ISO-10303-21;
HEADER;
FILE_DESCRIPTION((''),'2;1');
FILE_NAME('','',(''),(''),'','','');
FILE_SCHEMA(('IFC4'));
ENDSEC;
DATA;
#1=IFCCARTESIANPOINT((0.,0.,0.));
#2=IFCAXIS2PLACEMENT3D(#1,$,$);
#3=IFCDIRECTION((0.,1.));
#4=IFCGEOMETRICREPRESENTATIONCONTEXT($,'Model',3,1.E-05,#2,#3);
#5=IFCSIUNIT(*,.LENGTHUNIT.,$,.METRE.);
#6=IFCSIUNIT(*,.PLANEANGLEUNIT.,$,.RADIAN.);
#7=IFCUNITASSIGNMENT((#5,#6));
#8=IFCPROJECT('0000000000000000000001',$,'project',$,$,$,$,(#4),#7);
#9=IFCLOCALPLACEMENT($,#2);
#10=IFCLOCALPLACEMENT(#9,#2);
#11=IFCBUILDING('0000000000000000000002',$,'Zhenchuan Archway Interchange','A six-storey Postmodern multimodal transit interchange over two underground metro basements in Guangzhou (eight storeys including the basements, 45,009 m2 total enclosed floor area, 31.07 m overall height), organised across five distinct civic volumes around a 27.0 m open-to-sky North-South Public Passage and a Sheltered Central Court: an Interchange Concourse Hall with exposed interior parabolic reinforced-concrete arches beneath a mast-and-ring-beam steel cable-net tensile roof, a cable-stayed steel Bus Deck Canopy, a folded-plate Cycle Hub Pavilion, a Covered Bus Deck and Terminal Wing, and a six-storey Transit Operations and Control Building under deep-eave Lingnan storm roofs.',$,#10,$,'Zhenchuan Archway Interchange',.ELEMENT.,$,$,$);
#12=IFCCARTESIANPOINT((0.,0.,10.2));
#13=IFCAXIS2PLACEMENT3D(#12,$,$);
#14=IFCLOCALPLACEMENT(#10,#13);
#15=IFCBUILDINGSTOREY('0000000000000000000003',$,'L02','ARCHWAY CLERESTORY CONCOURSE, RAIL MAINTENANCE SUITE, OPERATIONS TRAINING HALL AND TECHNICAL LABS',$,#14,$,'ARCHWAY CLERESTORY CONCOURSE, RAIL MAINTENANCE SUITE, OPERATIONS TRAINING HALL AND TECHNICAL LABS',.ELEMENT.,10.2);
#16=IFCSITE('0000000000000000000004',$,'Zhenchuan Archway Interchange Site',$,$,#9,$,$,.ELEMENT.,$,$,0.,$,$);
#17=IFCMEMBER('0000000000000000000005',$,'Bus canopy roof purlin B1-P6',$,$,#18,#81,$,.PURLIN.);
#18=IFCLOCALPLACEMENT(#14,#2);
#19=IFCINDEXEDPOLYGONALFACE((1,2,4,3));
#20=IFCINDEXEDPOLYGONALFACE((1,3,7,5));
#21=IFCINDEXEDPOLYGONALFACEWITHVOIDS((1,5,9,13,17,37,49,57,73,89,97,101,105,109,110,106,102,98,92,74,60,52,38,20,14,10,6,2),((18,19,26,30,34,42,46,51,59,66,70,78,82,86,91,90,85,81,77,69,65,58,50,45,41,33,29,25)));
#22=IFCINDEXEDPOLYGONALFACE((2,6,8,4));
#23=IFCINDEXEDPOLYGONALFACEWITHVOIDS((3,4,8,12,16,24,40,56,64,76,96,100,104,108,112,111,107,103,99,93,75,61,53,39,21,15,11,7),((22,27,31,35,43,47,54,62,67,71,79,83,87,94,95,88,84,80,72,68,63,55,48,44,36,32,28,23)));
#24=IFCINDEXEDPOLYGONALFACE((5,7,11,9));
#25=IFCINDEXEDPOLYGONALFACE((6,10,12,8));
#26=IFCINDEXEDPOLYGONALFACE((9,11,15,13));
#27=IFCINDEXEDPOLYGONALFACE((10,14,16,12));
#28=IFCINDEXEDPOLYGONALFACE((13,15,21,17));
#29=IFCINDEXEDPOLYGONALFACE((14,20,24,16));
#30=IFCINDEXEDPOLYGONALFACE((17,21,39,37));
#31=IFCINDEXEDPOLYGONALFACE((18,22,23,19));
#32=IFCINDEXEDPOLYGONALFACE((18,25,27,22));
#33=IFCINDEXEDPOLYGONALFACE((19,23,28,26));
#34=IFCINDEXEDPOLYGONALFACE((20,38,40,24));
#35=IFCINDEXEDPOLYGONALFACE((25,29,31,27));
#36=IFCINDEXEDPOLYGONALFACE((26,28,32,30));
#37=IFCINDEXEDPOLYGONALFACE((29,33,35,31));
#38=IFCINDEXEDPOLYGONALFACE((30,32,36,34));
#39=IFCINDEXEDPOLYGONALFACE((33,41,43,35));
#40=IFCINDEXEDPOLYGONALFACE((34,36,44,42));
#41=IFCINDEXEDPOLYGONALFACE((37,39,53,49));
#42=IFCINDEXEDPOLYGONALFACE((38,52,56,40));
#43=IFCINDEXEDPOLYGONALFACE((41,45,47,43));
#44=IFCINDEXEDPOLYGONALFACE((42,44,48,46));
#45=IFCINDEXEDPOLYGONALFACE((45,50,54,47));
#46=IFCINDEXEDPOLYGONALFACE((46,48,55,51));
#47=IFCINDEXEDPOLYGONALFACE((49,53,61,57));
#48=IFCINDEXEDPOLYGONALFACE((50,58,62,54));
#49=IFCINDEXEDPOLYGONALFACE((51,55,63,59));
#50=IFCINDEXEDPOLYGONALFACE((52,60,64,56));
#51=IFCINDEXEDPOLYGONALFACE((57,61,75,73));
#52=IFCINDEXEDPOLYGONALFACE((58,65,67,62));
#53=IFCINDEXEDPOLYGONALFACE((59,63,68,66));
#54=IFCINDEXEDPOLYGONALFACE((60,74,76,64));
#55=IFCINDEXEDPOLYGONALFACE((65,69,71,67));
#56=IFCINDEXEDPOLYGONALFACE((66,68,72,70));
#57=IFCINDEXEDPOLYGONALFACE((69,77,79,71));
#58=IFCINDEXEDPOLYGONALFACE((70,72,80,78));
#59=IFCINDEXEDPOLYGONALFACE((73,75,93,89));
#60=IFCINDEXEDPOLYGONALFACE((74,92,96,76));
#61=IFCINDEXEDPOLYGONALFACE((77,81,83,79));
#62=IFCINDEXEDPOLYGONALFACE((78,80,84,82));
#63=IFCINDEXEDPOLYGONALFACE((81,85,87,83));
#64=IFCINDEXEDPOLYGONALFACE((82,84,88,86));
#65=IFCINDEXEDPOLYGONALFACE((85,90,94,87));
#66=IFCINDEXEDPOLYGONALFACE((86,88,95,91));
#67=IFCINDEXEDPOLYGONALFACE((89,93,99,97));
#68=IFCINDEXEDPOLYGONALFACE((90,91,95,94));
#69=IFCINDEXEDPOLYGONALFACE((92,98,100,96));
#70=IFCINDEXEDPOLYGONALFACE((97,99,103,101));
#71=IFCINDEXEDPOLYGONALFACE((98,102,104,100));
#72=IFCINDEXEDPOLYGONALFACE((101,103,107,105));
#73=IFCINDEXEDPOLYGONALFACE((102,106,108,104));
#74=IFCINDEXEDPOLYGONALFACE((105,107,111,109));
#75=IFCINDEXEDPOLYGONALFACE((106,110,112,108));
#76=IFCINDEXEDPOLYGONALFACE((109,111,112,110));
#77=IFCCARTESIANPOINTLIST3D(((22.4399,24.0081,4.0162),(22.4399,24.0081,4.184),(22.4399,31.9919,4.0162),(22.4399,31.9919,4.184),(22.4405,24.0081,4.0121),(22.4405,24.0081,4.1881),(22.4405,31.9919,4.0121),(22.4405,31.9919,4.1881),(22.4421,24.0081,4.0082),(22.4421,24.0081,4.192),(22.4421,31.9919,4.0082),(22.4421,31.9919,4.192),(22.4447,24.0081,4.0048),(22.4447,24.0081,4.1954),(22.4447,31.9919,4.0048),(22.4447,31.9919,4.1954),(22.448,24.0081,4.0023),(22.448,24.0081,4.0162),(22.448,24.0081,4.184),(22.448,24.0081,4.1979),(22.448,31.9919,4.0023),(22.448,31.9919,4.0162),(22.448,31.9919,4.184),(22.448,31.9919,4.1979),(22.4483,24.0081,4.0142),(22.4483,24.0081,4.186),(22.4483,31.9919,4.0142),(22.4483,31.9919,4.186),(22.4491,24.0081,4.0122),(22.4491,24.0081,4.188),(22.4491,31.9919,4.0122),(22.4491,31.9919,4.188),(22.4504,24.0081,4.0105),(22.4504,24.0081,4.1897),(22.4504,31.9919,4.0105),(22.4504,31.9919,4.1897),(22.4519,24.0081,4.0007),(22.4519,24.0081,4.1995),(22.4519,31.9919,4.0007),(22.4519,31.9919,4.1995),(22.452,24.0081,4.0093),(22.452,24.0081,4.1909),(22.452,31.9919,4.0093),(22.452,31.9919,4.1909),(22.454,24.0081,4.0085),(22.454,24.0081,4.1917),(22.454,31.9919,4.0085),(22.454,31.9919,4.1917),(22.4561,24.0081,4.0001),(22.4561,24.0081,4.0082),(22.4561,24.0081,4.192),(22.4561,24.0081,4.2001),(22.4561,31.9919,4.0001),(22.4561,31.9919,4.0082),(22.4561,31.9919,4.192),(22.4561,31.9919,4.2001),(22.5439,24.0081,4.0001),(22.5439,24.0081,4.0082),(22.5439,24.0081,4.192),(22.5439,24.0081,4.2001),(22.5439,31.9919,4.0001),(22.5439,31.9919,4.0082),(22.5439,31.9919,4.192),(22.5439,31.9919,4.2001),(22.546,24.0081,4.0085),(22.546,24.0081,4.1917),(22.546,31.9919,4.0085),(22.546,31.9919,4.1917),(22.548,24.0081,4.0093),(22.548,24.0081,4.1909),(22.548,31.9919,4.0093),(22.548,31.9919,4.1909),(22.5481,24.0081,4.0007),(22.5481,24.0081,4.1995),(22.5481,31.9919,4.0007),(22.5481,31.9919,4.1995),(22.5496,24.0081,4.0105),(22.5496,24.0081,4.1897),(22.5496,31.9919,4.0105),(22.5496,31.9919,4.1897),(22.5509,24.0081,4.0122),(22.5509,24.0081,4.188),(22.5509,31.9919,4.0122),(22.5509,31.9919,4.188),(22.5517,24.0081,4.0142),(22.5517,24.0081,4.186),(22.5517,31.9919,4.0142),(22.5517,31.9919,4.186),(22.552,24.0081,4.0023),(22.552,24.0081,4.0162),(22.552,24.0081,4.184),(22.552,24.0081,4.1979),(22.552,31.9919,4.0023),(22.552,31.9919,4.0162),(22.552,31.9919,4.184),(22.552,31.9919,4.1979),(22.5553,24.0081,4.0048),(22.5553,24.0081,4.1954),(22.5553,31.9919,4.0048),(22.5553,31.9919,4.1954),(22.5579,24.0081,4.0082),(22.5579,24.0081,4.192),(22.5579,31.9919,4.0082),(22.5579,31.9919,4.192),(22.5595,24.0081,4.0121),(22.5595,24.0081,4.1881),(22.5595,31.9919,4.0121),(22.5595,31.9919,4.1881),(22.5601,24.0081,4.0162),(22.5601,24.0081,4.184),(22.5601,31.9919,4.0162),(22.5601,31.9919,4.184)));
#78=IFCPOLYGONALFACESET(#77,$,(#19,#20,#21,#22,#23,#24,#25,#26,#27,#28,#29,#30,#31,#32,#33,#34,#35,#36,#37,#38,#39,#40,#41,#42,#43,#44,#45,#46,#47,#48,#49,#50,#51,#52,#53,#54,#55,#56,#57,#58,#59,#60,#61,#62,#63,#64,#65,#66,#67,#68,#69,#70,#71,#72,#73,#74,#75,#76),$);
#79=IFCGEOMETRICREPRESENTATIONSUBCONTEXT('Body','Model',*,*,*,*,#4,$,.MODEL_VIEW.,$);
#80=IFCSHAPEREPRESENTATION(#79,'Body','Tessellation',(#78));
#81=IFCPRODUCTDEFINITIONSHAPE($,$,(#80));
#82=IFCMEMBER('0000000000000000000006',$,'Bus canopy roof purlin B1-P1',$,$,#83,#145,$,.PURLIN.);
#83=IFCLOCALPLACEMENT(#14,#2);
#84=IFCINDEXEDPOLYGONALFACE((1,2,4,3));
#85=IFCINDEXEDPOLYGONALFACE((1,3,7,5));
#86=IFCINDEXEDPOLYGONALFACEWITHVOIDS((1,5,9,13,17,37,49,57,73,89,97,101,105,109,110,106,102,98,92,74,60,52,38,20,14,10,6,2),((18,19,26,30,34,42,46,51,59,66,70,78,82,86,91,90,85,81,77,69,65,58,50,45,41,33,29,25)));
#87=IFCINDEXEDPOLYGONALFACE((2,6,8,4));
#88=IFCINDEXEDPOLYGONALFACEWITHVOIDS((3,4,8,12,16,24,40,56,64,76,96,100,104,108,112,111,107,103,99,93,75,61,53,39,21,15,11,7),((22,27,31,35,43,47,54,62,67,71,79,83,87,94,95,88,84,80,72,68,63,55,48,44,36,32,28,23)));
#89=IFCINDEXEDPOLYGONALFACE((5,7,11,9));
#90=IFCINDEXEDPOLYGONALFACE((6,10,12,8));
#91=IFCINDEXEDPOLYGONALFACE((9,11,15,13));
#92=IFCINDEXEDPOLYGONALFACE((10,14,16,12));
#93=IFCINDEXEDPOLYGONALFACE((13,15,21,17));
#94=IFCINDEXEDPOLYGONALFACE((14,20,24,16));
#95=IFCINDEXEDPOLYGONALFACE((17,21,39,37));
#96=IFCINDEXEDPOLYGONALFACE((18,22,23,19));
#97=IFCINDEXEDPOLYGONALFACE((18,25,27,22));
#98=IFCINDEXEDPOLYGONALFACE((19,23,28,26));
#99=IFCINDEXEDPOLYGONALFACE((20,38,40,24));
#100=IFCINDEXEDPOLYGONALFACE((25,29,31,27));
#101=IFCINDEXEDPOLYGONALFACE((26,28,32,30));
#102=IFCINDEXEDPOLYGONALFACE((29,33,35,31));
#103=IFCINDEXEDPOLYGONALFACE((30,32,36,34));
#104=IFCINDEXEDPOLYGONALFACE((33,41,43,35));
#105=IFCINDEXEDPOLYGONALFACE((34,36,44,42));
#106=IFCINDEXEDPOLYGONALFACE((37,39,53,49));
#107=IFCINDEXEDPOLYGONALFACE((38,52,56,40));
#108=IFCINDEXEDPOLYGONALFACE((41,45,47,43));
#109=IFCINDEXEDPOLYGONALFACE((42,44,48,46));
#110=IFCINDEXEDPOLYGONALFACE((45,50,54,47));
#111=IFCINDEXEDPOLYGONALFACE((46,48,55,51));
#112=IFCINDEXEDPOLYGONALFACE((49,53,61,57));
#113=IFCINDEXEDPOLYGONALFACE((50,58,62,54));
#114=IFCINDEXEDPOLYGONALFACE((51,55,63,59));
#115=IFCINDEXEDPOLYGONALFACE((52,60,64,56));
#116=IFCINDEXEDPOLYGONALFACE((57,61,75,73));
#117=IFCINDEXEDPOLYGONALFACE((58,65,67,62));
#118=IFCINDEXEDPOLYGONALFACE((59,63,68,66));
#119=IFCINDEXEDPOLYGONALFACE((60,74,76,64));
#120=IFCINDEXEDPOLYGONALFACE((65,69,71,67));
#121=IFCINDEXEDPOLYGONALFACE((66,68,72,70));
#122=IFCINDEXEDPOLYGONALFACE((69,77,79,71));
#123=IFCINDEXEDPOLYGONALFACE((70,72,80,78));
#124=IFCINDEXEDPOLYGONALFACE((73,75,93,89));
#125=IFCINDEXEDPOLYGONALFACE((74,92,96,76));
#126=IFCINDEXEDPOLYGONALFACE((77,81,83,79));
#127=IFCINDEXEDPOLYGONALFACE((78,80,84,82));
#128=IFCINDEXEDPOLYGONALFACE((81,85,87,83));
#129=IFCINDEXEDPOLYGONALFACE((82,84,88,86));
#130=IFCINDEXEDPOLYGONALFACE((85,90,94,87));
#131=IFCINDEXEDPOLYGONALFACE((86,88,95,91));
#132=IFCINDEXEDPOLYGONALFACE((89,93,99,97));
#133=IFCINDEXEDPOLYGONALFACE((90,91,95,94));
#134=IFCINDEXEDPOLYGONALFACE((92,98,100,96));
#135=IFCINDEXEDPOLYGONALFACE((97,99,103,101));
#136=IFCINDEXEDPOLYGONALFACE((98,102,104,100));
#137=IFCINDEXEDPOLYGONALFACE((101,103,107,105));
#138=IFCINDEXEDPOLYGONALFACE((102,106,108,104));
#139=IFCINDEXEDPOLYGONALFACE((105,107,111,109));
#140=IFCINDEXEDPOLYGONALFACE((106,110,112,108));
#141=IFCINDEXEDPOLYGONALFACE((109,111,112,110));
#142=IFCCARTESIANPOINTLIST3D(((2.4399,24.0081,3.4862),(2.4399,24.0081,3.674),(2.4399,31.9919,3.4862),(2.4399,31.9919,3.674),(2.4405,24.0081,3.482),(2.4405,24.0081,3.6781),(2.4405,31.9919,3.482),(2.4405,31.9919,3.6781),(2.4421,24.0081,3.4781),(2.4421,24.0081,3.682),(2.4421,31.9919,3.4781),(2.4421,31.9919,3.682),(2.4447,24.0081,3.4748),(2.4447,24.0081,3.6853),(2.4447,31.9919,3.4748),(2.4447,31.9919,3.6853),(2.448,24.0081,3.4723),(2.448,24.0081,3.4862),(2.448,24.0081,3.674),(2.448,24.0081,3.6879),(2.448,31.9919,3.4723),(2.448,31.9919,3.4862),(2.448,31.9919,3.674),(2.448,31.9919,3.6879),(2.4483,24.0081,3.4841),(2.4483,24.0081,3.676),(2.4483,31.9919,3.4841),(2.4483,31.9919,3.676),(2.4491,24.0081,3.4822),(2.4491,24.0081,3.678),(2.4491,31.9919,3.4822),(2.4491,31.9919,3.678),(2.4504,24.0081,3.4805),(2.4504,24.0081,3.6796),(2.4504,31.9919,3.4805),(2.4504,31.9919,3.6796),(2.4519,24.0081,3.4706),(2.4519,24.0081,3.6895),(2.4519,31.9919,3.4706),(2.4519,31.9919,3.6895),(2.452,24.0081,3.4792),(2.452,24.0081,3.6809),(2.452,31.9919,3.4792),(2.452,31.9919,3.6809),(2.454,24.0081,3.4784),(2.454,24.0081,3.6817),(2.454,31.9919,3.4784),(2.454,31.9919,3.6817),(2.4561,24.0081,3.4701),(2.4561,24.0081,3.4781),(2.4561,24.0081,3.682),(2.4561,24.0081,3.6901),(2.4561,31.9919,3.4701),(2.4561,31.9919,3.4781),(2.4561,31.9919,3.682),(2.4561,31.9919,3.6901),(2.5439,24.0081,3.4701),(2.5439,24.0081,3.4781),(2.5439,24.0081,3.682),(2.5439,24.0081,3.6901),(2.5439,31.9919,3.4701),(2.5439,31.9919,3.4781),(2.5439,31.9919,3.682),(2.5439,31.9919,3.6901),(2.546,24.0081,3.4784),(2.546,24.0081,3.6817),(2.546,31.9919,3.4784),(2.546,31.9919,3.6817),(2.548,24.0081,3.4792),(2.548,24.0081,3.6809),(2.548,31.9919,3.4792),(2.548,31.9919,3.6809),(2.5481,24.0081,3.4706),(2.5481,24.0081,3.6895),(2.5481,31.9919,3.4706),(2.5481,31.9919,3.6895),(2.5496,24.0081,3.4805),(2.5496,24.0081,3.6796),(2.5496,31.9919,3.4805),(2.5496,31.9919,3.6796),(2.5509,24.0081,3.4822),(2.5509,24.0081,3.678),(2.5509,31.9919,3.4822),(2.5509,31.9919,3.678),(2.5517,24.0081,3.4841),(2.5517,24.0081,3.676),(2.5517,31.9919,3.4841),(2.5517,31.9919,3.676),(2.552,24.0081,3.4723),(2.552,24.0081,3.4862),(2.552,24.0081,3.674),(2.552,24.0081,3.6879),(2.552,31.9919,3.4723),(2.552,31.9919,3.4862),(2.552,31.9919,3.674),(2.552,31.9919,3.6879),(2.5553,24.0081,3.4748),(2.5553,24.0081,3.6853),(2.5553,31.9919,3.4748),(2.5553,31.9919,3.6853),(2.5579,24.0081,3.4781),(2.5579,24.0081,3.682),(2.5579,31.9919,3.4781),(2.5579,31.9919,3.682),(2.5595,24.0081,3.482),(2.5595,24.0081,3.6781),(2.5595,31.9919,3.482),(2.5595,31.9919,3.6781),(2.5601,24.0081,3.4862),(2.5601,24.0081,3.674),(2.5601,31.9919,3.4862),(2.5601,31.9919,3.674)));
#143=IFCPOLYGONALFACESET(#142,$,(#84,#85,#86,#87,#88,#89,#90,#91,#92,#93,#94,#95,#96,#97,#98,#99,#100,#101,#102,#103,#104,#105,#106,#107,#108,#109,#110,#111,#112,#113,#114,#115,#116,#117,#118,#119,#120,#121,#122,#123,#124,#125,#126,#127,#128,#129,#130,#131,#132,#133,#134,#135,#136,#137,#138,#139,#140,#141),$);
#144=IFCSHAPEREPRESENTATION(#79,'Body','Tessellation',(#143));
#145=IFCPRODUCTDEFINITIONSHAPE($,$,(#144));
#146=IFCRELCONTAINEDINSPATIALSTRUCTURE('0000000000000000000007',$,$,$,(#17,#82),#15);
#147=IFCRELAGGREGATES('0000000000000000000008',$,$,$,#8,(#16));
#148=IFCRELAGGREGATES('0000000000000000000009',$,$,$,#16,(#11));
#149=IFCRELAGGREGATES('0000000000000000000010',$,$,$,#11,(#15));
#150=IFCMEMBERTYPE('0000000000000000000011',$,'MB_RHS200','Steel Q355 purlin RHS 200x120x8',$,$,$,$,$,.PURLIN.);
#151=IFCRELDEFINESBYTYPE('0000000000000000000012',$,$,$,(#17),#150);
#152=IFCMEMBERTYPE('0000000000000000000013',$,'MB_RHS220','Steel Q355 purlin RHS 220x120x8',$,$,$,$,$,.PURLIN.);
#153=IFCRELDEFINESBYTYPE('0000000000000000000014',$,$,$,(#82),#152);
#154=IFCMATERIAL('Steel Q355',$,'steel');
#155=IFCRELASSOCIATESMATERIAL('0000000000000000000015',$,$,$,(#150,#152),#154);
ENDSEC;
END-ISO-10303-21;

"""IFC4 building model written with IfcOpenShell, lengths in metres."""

from ifc_helpers import new_model, si_unit, direction, frame, origin, origin_2d, place, context, subcontext, project, spatial, hollow_rectangle, extrude, material, material_profile, profile_set, type_object, element, save


model = new_model("IFC4")

# Units and contexts
model_context = context("Model", 3, precision=1e-05, world=origin(), true_north=direction((0.0, 1.0)))
body_context = subcontext(model_context, "Body", "Model", "MODEL_VIEW")
ifc_project = project(units=[si_unit("LENGTHUNIT", "METRE"), si_unit("PLANEANGLEUNIT", "RADIAN")], contexts=[model_context])

# Site, building, storey
site_placement = place(None, origin())
site = spatial("IfcSite", under=ifc_project, at=site_placement, Name="Zhenchuan Archway Interchange Site", CompositionType="ELEMENT", RefElevation=0.0)
building_placement = place(site_placement, origin())
building = spatial("IfcBuilding", under=site, at=building_placement, Name="Zhenchuan Archway Interchange", Description="A six-storey Postmodern multimodal transit interchange over two underground metro basements in Guangzhou (eight storeys including the basements, 45,009 m2 total enclosed floor area, 31.07 m overall height), organised across five distinct civic volumes around a 27.0 m open-to-sky North-South Public Passage and a Sheltered Central Court: an Interchange Concourse Hall with exposed interior parabolic reinforced-concrete arches beneath a mast-and-ring-beam steel cable-net tensile roof, a cable-stayed steel Bus Deck Canopy, a folded-plate Cycle Hub Pavilion, a Covered Bus Deck and Terminal Wing, and a six-storey Transit Operations and Control Building under deep-eave Lingnan storm roofs.", LongName="Zhenchuan Archway Interchange", CompositionType="ELEMENT")
storey_placement = place(building_placement, frame((0.0, 0.0, 10.2)))
storey = spatial("IfcBuildingStorey", under=building, at=storey_placement, Name="L02", Description="ARCHWAY CLERESTORY CONCOURSE, RAIL MAINTENANCE SUITE, OPERATIONS TRAINING HALL AND TECHNICAL LABS", LongName="ARCHWAY CLERESTORY CONCOURSE, RAIL MAINTENANCE SUITE, OPERATIONS TRAINING HALL AND TECHNICAL LABS", CompositionType="ELEMENT", Elevation=10.2)

# Shared definitions
ifc_material_1 = material(Name="Steel Q355", Category="steel")

# Members
ifc_material_profile_1 = material_profile(ifc_material_1, hollow_rectangle(XDim=0.1201, YDim=0.2, WallThickness=0.0081, InnerFilletRadius=0.0081, OuterFilletRadius=0.0161, at=origin_2d()), Name="RHS 200x120x8")
ifc_profile_set_1 = profile_set([ifc_material_profile_1], Name="Steel Q355")
member_type_1 = type_object("IfcMemberType", Name="MB_RHS200", Description="Steel Q355 purlin RHS 200x120x8", PredefinedType="PURLIN", material=ifc_profile_set_1)
member_1_placement = place(storey_placement, frame((22.5, 24.0081, 4.1001), z_axis=(0.0, 1.0, 0.0), x_axis=(-1.0, 0.0, 0.0)))
element("IfcMember", 1, at=member_1_placement, inside=storey, type_object=member_type_1, Name="Bus canopy roof purlin B1-P6", PredefinedType="PURLIN", context=body_context, shape_type="SweptSolid", body=[
    extrude(hollow_rectangle(XDim=0.1201, YDim=0.2, WallThickness=0.0081, InnerFilletRadius=0.0081, OuterFilletRadius=0.0161, at=origin_2d()), origin(), (0.0, 0.0, 1.0), 7.9839),
])
ifc_material_profile_2 = material_profile(ifc_material_1, hollow_rectangle(XDim=0.1201, YDim=0.22, WallThickness=0.0081, InnerFilletRadius=0.0081, OuterFilletRadius=0.0161, at=origin_2d()), Name="RHS 220x120x8")
ifc_profile_set_2 = profile_set([ifc_material_profile_2], Name="Steel Q355")
member_type_2 = type_object("IfcMemberType", Name="MB_RHS220", Description="Steel Q355 purlin RHS 220x120x8", PredefinedType="PURLIN", material=ifc_profile_set_2)
for number, where, z_axis, x_axis, name in (
    (2, (2.5, 24.0081, 3.5801), (0.0, 1.0, 0.0), (-1.0, 0.0, 0.0), "Bus canopy roof purlin B1-P1"),
):
    element("IfcMember", number, at=place(storey_placement, frame(where, z_axis=z_axis, x_axis=x_axis)), inside=storey, type_object=member_type_2, Name=name, PredefinedType="PURLIN", context=body_context, shape_type="SweptSolid", body=[
        extrude(hollow_rectangle(XDim=0.1201, YDim=0.22, WallThickness=0.0081, InnerFilletRadius=0.0081, OuterFilletRadius=0.0161, at=origin_2d()), origin(), (0.0, 0.0, 1.0), 7.9839),
    ])

save(model, "model.ifc")
